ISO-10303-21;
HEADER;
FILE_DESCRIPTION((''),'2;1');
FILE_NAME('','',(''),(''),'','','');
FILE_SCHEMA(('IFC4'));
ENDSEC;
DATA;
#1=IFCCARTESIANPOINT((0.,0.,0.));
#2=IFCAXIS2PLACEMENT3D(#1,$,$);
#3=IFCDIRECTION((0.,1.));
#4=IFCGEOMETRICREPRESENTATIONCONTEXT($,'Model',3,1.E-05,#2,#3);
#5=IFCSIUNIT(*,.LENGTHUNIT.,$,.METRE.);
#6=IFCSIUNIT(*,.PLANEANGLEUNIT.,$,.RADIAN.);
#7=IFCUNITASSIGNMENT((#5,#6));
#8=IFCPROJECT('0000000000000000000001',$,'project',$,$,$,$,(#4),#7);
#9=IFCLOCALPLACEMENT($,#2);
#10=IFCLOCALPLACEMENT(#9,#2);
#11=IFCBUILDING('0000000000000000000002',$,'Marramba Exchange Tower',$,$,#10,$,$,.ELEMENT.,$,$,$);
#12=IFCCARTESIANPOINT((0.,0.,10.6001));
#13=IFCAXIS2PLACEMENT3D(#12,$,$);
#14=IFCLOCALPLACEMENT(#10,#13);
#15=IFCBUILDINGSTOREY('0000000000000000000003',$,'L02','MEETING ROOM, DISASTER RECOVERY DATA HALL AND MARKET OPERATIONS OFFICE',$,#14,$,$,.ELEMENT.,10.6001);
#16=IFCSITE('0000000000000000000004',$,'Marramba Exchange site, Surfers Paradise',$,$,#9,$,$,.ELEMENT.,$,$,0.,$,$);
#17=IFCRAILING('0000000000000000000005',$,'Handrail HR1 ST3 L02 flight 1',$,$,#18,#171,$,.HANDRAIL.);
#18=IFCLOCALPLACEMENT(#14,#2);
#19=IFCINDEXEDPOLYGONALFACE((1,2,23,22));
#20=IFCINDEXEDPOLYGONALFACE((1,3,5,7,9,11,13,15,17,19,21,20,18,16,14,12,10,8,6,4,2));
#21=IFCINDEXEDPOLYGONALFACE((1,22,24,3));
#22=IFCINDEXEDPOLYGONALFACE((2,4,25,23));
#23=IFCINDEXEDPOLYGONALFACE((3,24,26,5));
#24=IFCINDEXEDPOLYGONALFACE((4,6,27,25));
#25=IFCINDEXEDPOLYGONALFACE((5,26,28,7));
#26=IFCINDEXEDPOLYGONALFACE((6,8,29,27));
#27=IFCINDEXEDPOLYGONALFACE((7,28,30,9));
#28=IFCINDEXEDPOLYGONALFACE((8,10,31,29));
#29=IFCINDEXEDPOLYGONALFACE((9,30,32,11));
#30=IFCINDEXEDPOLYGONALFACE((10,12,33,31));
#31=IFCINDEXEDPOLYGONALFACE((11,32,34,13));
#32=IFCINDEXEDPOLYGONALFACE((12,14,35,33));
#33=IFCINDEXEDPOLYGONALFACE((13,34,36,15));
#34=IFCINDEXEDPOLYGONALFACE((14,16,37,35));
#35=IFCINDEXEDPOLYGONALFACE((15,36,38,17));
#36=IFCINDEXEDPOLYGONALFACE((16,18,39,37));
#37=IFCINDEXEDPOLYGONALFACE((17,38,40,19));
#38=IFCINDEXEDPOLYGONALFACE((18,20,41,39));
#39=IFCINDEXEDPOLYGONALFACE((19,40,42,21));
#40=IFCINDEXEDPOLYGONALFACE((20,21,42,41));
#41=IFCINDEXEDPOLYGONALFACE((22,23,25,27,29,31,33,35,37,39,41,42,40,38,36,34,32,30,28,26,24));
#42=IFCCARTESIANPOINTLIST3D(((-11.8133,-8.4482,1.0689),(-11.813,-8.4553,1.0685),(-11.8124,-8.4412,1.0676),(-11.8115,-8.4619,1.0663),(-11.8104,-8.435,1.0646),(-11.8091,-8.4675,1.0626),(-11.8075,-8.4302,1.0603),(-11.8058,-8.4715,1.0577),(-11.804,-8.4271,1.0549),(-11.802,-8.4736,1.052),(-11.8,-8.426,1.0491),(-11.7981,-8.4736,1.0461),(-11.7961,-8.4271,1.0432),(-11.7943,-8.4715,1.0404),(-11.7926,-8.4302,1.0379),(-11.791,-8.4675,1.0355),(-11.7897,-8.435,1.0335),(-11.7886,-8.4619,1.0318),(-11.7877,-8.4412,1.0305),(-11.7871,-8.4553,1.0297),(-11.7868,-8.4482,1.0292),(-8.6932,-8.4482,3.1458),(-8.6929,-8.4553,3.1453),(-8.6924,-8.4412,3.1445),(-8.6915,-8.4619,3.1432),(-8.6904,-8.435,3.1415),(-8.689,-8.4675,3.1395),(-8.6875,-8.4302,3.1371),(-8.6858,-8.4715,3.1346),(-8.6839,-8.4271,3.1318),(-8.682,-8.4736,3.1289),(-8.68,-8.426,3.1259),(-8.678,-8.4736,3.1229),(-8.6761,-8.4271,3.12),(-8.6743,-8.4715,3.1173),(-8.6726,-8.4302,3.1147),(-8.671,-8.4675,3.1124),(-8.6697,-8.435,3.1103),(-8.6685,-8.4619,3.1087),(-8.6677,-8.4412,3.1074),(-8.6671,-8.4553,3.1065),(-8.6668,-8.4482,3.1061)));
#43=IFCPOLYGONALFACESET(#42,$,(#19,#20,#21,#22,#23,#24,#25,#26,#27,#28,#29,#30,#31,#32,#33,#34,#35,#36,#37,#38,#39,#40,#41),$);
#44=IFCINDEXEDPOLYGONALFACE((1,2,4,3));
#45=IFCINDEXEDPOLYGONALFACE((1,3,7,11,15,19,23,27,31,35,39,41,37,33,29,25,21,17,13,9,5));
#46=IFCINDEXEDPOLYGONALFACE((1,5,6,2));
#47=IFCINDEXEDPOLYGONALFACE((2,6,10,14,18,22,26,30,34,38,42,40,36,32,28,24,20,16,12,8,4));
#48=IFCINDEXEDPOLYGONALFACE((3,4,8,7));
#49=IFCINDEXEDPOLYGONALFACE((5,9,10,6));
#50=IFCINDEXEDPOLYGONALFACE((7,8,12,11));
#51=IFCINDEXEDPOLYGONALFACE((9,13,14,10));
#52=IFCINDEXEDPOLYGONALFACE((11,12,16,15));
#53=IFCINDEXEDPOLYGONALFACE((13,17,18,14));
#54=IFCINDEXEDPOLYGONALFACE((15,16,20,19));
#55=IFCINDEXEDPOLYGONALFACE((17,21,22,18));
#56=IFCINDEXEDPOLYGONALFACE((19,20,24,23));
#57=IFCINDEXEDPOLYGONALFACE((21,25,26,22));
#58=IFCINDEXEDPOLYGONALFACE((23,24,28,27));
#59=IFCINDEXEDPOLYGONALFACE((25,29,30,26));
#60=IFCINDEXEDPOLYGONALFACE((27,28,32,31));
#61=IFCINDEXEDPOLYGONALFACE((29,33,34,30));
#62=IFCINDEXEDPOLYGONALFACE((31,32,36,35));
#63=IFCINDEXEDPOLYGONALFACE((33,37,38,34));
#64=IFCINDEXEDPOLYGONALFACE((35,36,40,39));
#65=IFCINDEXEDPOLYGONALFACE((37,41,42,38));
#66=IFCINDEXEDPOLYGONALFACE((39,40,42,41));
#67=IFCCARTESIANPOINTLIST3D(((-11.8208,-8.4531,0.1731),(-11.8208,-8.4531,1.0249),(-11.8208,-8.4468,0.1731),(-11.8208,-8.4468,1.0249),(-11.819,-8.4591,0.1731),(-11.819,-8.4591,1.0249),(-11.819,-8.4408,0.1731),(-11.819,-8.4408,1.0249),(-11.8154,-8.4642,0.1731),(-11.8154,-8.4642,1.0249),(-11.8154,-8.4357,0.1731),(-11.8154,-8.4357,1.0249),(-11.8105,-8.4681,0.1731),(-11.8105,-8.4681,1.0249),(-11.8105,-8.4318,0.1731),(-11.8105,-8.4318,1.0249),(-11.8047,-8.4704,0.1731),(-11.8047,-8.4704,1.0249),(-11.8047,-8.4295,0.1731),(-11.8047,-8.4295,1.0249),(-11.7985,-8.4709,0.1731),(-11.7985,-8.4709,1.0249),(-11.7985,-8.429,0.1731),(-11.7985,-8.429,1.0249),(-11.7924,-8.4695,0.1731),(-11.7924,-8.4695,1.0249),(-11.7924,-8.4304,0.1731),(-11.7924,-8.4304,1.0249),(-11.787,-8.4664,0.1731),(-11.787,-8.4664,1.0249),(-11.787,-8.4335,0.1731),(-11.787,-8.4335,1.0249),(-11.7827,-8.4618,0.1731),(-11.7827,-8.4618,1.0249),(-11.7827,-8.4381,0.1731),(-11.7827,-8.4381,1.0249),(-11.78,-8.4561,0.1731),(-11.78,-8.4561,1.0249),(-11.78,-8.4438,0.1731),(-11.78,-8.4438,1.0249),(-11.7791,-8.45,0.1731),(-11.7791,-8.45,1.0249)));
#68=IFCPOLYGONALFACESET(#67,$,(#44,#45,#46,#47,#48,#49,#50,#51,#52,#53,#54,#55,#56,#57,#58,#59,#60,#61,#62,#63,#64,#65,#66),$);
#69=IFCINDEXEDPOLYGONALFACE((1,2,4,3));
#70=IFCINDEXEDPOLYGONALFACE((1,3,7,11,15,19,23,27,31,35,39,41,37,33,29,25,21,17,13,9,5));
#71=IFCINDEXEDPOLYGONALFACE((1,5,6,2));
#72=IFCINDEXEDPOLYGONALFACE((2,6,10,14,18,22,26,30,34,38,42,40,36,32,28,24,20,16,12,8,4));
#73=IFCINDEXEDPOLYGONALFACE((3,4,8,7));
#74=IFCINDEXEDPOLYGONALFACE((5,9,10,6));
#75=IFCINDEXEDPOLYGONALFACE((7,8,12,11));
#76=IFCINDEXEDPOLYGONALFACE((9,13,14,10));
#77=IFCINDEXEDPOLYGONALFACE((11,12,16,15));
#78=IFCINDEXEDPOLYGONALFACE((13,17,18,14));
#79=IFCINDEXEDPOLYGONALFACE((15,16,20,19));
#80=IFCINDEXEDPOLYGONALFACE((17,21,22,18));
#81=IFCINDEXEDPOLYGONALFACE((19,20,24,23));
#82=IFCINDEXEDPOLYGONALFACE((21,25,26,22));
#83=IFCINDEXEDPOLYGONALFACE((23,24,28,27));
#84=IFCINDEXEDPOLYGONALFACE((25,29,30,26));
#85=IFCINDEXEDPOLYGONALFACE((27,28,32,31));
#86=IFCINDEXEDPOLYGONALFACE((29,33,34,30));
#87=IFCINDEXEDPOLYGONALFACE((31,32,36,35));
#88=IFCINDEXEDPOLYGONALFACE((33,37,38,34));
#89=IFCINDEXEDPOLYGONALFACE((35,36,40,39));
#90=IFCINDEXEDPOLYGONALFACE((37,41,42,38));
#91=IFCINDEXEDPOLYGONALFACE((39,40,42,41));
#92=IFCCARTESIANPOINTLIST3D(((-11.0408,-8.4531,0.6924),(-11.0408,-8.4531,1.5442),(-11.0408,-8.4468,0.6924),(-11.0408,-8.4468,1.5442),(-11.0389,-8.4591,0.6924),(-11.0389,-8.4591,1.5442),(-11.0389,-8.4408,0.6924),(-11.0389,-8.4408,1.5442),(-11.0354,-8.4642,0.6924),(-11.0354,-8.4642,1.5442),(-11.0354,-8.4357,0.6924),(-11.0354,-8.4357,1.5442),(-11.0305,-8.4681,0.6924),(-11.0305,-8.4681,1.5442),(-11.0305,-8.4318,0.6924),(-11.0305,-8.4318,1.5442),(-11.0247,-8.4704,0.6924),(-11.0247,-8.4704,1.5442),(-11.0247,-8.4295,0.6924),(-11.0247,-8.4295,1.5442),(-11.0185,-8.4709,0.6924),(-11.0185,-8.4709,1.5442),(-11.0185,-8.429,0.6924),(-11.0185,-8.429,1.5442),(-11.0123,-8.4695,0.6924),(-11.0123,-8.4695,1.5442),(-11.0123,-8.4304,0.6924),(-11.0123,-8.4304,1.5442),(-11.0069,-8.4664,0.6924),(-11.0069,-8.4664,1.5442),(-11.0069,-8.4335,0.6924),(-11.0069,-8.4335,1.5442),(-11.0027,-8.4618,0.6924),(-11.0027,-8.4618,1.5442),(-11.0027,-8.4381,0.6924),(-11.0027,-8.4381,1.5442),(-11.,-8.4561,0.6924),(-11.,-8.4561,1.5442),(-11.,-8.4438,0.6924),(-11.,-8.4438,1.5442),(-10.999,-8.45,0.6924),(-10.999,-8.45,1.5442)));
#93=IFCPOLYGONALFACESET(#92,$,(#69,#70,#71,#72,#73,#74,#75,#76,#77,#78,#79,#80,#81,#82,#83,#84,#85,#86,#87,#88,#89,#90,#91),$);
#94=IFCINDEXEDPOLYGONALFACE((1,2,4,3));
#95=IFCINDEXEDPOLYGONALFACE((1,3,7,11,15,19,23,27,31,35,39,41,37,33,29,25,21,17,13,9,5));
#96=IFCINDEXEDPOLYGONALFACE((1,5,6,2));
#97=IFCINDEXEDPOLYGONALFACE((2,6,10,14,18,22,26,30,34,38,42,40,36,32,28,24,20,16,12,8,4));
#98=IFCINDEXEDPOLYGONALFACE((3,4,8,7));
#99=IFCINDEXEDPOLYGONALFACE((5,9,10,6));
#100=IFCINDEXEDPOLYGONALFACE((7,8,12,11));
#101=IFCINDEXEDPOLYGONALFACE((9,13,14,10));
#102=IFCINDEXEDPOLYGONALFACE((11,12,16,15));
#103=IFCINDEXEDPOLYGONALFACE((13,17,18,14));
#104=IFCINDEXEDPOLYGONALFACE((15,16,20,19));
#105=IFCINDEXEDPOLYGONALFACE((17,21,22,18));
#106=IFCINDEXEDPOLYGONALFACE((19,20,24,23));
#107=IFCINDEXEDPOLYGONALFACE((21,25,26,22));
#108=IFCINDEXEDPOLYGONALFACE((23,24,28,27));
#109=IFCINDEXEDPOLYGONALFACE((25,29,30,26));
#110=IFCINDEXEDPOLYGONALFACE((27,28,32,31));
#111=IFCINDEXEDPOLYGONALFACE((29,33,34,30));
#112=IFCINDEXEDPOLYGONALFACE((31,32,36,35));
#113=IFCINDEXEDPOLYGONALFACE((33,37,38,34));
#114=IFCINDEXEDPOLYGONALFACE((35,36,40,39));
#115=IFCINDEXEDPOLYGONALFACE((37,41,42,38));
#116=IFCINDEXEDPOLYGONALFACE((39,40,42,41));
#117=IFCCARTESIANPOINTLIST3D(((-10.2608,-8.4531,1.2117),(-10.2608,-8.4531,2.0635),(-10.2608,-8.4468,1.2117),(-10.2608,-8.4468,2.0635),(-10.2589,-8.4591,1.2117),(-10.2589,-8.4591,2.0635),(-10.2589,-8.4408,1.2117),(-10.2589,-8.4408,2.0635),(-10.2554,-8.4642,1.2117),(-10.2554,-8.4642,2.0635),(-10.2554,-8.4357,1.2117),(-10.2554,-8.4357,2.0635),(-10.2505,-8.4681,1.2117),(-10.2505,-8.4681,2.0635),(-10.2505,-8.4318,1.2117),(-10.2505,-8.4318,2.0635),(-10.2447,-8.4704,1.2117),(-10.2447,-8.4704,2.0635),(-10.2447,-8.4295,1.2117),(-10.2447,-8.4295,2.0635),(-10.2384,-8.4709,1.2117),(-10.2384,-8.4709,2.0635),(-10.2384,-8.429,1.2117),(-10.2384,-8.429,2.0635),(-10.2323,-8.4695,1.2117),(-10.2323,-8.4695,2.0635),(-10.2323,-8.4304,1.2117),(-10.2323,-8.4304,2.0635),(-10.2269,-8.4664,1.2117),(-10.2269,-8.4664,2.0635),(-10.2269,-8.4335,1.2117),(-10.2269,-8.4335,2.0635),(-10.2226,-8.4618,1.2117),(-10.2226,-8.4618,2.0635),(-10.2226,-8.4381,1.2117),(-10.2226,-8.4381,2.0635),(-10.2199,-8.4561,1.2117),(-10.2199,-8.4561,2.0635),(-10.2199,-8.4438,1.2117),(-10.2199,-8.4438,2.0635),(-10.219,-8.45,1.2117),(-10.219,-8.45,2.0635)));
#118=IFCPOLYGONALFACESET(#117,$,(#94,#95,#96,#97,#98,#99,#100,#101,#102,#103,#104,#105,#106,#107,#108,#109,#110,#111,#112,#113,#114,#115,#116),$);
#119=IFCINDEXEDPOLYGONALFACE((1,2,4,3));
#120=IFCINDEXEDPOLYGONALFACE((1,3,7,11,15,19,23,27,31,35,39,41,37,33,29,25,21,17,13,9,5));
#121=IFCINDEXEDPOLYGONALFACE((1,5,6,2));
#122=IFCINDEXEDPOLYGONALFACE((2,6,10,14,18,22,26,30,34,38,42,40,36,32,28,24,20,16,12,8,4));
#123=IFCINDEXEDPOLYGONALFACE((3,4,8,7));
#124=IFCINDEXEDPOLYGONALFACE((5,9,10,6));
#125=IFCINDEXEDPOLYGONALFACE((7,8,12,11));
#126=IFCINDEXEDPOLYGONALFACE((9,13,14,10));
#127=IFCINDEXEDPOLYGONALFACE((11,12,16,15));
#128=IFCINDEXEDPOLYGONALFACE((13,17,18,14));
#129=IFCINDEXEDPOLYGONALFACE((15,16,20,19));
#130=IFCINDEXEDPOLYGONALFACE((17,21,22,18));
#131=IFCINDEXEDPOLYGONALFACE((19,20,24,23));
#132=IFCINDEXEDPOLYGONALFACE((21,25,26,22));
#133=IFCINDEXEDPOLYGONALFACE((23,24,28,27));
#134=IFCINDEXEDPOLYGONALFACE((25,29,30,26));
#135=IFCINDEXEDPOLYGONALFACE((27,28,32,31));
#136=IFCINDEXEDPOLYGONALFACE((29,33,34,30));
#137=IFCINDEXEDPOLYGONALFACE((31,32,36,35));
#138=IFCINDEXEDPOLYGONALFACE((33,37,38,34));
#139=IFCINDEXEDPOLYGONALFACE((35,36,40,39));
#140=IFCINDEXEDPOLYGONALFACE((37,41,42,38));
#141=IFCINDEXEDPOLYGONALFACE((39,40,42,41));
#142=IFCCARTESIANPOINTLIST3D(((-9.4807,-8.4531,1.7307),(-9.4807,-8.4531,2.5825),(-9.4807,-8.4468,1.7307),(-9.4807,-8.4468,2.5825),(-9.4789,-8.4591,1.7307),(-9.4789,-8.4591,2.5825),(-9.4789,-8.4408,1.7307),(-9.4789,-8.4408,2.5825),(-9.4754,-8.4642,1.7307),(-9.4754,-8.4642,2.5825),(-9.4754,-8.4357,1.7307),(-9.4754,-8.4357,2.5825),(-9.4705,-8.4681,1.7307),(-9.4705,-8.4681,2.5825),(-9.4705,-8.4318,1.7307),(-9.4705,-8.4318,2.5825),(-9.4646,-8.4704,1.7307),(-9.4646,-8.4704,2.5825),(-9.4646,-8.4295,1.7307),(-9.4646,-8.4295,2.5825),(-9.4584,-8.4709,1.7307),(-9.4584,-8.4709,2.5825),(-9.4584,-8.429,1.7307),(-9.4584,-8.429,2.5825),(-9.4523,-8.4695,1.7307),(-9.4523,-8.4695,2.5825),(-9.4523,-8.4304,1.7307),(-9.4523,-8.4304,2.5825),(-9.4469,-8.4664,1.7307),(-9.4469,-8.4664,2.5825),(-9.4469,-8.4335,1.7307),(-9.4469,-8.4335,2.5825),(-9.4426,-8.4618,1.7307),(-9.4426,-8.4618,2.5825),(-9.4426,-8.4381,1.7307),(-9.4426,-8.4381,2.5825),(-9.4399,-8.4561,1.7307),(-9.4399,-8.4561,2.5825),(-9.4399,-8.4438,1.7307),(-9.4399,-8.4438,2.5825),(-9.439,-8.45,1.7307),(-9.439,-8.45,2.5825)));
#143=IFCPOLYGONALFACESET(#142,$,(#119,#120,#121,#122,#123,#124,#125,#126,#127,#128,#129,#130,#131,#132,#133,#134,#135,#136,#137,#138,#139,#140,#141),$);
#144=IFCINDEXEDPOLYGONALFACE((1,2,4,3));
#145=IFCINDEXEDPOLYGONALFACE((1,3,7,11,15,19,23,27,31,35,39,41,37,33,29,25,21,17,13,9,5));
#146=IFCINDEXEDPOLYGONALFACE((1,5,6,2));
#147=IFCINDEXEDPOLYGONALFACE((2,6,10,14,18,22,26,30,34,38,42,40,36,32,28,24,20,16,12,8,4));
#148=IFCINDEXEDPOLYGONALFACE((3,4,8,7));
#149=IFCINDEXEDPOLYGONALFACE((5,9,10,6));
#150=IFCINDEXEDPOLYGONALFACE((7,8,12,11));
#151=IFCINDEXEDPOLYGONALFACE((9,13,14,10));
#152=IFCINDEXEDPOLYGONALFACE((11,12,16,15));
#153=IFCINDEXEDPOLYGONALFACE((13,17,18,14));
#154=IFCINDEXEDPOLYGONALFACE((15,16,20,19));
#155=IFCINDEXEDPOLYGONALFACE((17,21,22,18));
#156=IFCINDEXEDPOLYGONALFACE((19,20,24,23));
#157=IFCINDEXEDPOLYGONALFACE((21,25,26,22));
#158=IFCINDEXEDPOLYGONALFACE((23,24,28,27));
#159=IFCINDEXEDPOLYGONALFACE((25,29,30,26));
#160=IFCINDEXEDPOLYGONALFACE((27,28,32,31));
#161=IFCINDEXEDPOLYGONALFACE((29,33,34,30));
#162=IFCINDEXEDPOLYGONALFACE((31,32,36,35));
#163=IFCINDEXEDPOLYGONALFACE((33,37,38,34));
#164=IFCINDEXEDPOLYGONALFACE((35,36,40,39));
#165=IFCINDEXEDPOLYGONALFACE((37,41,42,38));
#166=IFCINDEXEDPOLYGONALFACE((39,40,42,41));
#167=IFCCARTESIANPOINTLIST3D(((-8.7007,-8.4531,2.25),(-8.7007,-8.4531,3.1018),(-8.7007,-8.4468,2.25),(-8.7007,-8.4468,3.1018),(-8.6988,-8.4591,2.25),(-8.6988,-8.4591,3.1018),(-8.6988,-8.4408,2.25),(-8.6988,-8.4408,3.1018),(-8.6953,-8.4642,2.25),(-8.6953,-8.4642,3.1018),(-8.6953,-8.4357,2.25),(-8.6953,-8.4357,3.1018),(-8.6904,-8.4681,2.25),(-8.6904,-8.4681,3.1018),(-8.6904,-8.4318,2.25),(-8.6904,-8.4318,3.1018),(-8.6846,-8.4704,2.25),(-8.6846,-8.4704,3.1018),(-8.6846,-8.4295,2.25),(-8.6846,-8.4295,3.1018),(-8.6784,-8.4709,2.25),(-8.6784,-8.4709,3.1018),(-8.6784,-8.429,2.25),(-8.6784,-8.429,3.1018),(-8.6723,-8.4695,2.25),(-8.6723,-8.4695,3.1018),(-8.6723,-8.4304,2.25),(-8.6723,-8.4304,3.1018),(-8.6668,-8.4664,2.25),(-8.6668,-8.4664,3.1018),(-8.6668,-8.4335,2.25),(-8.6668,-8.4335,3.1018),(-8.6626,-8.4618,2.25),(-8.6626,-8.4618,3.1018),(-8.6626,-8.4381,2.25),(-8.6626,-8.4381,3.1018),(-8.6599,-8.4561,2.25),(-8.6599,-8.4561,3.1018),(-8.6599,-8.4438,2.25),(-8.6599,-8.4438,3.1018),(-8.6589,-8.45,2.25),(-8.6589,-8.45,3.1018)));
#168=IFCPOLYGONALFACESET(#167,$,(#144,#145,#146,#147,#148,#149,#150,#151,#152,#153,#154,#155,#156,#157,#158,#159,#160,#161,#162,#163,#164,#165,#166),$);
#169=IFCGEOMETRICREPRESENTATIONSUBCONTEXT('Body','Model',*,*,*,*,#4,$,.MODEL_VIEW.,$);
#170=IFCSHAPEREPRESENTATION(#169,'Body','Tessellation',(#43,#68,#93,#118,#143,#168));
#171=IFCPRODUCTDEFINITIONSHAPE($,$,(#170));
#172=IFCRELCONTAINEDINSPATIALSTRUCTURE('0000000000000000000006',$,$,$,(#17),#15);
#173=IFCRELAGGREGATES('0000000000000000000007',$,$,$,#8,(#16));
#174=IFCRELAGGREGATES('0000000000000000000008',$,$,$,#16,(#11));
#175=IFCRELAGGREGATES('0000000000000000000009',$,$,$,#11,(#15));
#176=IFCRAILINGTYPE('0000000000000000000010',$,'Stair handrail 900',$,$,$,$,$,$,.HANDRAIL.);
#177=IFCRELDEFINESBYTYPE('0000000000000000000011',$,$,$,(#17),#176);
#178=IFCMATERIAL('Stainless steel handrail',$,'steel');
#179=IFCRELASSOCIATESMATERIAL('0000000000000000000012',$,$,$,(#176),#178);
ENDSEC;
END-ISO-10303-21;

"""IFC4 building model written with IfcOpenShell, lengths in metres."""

from ifc_helpers import new_model, si_unit, direction, frame, origin, origin_2d, place, context, subcontext, project, spatial, circle, extrude, material, type_object, element, save


model = new_model("IFC4")

# Units and contexts
model_context = context("Model", 3, precision=1e-05, world=origin(), true_north=direction((0.0, 1.0)))
body_context = subcontext(model_context, "Body", "Model", "MODEL_VIEW")
ifc_project = project(units=[si_unit("LENGTHUNIT", "METRE"), si_unit("PLANEANGLEUNIT", "RADIAN")], contexts=[model_context])

# Site, building, storey
site_placement = place(None, origin())
site = spatial("IfcSite", under=ifc_project, at=site_placement, Name="Marramba Exchange site, Surfers Paradise", CompositionType="ELEMENT", RefElevation=0.0)
building_placement = place(site_placement, origin())
building = spatial("IfcBuilding", under=site, at=building_placement, Name="Marramba Exchange Tower", CompositionType="ELEMENT")
storey_placement = place(building_placement, frame((0.0, 0.0, 10.6001)))
storey = spatial("IfcBuildingStorey", under=building, at=storey_placement, Name="L02", Description="MEETING ROOM, DISASTER RECOVERY DATA HALL AND MARKET OPERATIONS OFFICE", CompositionType="ELEMENT", Elevation=10.6001)

# Railing
ifc_material_1 = material(Name="Stainless steel handrail", Category="steel")
railing_type_1 = type_object("IfcRailingType", Name="Stair handrail 900", PredefinedType="HANDRAIL", material=ifc_material_1)
railing_1_placement = place(storey_placement, frame((-11.8, -8.45, 0.1731)))
element("IfcRailing", 1, at=railing_1_placement, inside=storey, type_object=railing_type_1, Name="Handrail HR1 ST3 L02 flight 1", PredefinedType="HANDRAIL", context=body_context, shape_type="SweptSolid", body=[
    extrude(circle(Radius=0.0239, at=origin_2d()), frame((0.0, 0.0, 0.876), z_axis=(0.832441, 0.0, 0.554114), x_axis=(0.0, 1.0, 0.0)), (0.0, 0.0, 1.0), 3.748),
    extrude(circle(Radius=0.021, at=origin_2d()), origin(), (0.0, 0.0, 1.0), 0.8518),
    extrude(circle(Radius=0.021, at=origin_2d()), frame((0.78, 0.0, 0.5193)), (0.0, 0.0, 1.0), 0.8518),
    extrude(circle(Radius=0.021, at=origin_2d()), frame((1.5601, 0.0, 1.0386)), (0.0, 0.0, 1.0), 0.8518),
    extrude(circle(Radius=0.021, at=origin_2d()), frame((2.3401, 0.0, 1.5576)), (0.0, 0.0, 1.0), 0.8518),
    extrude(circle(Radius=0.021, at=origin_2d()), frame((3.1201, 0.0, 2.0769)), (0.0, 0.0, 1.0), 0.8518),
])

save(model, "model.ifc")
